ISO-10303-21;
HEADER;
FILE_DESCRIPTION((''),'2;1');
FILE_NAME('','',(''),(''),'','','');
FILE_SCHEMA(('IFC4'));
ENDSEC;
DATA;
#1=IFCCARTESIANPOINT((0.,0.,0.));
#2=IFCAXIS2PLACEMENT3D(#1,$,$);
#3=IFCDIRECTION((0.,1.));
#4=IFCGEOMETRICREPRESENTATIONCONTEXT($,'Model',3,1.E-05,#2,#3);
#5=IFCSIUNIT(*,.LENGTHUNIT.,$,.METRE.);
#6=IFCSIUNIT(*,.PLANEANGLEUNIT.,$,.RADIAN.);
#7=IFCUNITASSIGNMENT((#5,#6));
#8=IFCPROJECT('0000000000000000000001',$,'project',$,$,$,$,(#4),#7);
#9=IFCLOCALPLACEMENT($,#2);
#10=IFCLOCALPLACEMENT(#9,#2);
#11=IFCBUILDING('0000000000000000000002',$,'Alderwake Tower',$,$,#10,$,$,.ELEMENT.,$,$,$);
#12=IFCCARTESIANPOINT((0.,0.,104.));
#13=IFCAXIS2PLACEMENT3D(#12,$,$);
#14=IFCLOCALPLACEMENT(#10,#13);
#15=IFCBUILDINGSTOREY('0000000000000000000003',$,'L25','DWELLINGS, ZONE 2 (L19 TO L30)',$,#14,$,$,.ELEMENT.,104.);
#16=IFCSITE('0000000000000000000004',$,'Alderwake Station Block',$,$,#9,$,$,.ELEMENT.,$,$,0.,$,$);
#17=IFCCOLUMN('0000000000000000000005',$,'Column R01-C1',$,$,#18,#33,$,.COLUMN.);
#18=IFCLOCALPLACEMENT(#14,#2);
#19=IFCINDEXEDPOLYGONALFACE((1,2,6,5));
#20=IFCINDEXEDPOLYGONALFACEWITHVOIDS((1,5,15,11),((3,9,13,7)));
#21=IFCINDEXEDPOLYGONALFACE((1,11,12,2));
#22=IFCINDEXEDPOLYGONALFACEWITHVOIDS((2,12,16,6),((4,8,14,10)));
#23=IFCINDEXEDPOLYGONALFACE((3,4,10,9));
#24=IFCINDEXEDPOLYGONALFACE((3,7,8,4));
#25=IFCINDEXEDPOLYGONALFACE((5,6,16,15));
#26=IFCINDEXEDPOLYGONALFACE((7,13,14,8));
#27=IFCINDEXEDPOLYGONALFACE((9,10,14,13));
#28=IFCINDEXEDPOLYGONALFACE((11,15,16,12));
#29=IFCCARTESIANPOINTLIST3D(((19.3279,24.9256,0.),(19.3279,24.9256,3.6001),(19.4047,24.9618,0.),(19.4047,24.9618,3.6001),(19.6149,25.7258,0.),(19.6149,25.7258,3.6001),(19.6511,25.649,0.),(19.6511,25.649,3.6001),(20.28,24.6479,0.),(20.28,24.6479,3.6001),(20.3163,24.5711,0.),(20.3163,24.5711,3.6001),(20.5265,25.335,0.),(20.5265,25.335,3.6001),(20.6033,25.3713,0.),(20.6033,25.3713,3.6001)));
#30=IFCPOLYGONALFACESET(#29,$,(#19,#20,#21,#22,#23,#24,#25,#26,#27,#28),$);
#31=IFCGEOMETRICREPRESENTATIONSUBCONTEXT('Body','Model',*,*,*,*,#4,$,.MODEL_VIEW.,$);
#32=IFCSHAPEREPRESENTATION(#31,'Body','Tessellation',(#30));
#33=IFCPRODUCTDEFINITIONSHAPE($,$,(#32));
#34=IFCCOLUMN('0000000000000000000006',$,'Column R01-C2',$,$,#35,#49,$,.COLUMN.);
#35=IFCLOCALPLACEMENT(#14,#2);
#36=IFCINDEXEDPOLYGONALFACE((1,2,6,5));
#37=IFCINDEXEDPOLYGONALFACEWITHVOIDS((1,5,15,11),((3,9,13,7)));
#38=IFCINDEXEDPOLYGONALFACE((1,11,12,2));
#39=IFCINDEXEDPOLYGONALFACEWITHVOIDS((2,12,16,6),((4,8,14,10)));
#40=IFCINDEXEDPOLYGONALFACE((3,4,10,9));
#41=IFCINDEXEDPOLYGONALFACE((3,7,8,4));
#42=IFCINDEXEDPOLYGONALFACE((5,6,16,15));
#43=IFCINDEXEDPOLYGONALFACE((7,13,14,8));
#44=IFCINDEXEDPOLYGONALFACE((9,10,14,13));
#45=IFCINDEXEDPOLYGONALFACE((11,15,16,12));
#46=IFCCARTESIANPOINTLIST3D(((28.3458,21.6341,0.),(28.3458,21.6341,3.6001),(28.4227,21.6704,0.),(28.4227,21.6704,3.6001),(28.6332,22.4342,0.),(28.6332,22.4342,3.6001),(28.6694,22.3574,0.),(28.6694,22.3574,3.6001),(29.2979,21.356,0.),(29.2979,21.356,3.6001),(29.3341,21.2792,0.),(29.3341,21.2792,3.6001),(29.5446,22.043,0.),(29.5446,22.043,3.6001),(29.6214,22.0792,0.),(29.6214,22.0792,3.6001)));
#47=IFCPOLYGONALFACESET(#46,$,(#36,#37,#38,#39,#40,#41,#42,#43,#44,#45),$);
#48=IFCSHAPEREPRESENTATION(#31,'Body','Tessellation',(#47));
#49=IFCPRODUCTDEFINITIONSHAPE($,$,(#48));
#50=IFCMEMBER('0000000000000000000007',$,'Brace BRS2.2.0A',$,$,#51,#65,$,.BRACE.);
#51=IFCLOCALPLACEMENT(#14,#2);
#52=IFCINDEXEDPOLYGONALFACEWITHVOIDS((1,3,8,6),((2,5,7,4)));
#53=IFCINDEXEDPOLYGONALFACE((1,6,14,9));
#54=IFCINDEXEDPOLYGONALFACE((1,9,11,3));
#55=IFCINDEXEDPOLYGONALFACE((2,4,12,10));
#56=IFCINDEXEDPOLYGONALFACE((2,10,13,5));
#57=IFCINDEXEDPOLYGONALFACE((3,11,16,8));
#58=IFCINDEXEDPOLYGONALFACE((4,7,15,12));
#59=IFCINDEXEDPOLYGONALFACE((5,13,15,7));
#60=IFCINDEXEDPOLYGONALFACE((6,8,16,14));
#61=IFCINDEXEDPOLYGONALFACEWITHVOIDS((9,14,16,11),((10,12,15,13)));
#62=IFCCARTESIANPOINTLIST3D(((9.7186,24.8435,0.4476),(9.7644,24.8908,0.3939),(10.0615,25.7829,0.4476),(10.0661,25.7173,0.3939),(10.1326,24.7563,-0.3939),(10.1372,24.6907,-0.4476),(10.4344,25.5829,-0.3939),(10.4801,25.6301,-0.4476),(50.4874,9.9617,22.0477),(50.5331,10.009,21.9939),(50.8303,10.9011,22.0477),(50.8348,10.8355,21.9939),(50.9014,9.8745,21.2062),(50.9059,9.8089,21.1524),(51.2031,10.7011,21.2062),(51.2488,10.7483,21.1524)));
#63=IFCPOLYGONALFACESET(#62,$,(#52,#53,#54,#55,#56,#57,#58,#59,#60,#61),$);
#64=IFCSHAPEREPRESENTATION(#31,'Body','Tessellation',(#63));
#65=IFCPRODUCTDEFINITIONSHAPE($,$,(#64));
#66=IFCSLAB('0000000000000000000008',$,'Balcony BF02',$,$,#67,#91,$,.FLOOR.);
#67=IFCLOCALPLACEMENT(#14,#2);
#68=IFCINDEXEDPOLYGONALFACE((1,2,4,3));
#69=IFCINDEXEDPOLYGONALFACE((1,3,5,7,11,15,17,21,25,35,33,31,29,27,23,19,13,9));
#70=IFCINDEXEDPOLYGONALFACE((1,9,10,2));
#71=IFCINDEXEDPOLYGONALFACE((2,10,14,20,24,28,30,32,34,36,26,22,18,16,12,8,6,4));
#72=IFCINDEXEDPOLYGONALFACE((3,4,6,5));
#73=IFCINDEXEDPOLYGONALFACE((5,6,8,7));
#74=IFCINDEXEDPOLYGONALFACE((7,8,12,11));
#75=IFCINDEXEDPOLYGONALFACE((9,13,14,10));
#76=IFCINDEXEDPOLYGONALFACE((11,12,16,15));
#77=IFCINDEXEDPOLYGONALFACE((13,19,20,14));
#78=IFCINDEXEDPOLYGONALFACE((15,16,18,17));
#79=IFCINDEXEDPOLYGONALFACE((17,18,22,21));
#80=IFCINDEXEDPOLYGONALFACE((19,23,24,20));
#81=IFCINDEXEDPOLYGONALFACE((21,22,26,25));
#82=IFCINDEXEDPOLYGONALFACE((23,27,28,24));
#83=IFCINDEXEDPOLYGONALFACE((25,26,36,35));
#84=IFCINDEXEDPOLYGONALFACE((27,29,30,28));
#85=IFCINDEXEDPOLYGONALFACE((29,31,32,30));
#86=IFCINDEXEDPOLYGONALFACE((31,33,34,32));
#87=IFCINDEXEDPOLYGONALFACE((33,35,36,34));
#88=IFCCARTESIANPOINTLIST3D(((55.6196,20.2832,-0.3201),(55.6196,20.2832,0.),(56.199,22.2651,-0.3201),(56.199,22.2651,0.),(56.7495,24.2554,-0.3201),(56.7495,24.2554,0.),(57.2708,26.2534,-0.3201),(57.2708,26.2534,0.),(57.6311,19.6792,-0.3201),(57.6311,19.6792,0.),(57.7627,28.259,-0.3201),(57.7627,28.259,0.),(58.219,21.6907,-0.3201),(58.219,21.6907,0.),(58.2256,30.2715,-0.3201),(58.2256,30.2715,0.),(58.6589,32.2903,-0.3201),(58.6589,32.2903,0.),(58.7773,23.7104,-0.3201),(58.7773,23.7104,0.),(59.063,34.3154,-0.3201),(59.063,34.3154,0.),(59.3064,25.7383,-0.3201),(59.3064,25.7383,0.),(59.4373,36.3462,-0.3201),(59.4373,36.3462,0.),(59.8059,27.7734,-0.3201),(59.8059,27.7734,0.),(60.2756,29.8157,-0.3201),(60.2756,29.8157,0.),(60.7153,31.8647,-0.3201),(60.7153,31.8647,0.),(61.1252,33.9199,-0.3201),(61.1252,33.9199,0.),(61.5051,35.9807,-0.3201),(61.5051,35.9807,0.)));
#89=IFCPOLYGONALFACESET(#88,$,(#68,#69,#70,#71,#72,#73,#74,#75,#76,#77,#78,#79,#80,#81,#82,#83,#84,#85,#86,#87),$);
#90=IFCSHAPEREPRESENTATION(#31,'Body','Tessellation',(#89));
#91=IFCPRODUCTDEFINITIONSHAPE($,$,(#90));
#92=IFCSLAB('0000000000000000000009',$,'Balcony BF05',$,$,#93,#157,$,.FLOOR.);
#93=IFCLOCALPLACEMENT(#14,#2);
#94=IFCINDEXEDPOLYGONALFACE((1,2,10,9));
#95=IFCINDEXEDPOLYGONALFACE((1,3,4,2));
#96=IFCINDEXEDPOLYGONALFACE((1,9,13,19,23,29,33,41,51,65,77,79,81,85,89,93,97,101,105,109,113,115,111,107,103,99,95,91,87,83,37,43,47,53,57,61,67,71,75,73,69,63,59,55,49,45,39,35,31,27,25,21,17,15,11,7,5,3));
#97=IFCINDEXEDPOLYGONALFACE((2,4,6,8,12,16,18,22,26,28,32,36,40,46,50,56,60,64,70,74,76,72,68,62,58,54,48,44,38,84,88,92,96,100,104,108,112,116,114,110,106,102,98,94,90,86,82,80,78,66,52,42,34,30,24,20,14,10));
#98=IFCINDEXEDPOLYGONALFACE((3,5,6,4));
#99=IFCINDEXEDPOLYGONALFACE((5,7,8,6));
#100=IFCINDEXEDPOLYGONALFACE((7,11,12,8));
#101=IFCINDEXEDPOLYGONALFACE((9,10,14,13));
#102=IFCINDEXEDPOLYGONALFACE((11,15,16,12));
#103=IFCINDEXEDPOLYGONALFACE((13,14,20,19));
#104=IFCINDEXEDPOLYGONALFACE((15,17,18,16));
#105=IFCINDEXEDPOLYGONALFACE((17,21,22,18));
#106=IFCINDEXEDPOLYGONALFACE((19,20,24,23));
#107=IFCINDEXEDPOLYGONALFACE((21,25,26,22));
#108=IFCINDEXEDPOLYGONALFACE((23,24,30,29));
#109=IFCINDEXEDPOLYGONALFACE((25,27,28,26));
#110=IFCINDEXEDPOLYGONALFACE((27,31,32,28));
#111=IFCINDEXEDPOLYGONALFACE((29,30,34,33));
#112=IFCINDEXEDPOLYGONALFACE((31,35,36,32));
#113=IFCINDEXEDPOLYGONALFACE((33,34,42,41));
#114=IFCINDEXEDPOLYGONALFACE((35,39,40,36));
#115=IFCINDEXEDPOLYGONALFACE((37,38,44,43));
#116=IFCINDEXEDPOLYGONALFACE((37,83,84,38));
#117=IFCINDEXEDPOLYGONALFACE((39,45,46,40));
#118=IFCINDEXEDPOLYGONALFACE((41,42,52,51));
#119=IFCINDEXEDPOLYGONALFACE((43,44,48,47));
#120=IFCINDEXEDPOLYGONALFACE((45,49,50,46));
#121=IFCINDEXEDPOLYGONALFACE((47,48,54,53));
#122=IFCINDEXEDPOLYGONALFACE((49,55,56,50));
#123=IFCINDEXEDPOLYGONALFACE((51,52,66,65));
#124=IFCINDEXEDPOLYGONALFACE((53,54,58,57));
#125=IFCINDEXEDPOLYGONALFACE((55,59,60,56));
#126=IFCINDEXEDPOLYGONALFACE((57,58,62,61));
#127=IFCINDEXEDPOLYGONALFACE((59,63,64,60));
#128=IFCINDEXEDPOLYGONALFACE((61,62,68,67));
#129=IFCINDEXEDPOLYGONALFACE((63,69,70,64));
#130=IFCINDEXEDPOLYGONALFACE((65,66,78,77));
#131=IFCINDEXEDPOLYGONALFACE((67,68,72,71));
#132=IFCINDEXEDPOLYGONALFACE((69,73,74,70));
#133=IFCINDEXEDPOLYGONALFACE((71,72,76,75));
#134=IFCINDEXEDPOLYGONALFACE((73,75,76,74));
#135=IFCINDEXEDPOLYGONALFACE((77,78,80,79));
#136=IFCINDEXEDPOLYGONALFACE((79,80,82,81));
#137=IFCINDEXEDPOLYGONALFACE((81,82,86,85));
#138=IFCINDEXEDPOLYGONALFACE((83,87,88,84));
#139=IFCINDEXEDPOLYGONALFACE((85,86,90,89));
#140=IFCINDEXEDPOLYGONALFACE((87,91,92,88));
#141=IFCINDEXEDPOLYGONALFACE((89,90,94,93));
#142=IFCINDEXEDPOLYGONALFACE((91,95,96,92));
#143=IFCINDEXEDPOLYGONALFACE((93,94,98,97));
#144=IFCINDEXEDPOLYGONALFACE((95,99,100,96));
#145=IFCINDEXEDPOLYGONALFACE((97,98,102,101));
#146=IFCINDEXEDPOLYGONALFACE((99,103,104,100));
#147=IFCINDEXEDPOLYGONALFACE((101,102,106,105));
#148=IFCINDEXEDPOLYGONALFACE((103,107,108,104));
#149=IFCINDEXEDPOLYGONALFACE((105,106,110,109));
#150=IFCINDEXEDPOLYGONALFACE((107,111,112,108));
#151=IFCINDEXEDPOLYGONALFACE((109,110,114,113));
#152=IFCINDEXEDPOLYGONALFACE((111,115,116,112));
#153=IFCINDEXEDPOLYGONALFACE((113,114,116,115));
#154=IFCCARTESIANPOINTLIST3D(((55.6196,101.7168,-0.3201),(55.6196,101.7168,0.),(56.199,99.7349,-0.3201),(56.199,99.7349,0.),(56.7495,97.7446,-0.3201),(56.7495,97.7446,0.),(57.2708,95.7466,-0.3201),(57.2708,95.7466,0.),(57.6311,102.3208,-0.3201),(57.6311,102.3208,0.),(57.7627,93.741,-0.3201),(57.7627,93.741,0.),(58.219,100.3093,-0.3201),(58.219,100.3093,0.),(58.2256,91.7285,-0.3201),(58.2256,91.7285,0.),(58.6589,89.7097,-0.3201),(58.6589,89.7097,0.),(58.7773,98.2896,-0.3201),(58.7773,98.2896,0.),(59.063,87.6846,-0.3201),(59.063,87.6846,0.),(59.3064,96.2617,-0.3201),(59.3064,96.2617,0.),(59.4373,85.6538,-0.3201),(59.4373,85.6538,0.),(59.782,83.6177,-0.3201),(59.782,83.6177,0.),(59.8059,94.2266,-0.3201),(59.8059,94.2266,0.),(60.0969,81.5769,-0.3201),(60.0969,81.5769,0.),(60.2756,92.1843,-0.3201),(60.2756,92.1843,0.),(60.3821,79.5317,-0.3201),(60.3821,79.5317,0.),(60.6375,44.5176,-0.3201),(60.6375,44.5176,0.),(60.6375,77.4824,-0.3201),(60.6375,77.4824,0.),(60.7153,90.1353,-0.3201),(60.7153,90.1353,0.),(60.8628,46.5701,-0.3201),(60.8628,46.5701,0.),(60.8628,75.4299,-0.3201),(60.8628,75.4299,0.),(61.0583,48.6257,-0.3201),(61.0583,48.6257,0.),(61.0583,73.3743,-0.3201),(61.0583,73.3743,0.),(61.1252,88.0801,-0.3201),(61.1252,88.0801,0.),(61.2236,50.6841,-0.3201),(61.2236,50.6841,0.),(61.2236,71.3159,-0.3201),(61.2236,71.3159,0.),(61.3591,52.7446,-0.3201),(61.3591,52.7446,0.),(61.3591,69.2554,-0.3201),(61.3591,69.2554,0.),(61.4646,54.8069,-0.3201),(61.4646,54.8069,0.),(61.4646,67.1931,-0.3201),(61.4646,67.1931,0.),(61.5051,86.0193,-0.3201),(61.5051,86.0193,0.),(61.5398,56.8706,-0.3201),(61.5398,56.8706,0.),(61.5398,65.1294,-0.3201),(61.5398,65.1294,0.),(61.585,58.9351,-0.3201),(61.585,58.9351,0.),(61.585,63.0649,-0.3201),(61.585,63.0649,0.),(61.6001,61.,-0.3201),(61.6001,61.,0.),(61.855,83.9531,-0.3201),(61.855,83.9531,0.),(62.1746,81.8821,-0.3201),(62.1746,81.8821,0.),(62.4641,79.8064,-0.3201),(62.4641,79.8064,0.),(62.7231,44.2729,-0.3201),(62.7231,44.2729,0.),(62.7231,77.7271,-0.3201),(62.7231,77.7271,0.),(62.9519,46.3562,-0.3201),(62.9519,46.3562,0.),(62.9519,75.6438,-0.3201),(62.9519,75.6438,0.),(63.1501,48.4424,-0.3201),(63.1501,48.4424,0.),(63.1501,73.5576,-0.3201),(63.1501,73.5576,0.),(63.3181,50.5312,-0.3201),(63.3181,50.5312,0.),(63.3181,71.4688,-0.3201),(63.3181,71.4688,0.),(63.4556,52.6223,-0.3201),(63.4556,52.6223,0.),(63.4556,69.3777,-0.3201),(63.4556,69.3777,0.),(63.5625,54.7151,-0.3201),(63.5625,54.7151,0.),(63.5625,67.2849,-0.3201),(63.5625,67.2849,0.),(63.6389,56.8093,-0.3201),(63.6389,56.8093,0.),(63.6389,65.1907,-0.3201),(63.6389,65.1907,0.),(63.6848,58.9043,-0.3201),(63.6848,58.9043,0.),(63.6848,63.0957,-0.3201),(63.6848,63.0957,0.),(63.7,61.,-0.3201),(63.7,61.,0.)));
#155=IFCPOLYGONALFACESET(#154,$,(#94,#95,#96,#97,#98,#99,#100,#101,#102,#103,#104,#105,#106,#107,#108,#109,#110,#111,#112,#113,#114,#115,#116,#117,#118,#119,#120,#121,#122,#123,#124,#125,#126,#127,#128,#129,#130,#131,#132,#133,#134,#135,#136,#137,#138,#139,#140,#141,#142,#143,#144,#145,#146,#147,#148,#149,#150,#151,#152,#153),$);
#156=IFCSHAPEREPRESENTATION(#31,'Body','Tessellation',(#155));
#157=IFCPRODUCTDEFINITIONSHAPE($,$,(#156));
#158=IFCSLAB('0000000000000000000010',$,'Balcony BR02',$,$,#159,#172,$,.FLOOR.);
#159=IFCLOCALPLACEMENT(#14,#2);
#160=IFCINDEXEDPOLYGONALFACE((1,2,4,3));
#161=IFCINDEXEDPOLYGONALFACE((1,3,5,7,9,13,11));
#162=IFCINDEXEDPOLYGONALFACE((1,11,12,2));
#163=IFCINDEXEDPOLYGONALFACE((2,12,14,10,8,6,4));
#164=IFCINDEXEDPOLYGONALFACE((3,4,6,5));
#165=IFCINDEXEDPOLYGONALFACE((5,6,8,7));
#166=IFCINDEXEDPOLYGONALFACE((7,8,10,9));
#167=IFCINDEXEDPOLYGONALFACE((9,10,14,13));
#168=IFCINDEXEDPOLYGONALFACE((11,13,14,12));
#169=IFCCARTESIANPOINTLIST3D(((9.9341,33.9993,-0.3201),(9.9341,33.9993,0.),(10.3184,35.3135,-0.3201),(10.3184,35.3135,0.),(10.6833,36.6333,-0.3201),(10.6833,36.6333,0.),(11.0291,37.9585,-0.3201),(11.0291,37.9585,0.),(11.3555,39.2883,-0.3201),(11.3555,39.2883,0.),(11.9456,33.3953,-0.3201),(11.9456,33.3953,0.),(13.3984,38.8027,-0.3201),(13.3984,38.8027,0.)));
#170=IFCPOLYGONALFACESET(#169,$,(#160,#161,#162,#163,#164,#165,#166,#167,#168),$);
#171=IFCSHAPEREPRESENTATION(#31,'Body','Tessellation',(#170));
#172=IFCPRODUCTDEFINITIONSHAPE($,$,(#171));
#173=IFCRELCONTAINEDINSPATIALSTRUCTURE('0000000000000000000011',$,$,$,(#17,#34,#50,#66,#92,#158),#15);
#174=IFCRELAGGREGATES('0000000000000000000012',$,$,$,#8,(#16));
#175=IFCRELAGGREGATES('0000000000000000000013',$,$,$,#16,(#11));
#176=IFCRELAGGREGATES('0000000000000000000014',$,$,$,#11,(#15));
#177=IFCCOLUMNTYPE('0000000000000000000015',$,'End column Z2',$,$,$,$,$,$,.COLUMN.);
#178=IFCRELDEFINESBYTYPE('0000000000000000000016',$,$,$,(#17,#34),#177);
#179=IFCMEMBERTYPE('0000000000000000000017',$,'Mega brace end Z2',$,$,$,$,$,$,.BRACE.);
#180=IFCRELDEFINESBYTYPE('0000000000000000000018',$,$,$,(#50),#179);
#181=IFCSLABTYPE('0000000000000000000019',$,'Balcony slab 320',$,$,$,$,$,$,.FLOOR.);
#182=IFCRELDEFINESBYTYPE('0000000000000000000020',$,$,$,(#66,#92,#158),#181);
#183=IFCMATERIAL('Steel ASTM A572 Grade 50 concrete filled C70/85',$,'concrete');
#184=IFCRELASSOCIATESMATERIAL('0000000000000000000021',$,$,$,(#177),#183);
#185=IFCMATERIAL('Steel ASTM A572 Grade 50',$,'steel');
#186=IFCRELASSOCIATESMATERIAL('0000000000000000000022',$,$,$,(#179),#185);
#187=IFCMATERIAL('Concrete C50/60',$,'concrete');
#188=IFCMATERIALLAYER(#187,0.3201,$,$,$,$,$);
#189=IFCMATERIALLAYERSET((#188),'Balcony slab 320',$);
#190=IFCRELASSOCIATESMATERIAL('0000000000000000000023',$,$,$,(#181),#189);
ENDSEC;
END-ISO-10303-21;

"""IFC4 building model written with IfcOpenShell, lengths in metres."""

from ifc_helpers import new_model, si_unit, direction, frame, origin, origin_2d, place, context, subcontext, project, spatial, polyline, hollow_rectangle, outline, extrude, material, layer, layer_set, material_profile, profile_set, type_object, element, save


model = new_model("IFC4")

# Units and contexts
model_context = context("Model", 3, precision=1e-05, world=origin(), true_north=direction((0.0, 1.0)))
body_context = subcontext(model_context, "Body", "Model", "MODEL_VIEW")
ifc_project = project(units=[si_unit("LENGTHUNIT", "METRE"), si_unit("PLANEANGLEUNIT", "RADIAN")], contexts=[model_context])

# Site, building, storey
site_placement = place(None, origin())
site = spatial("IfcSite", under=ifc_project, at=site_placement, Name="Alderwake Station Block", CompositionType="ELEMENT", RefElevation=0.0)
building_placement = place(site_placement, origin())
building = spatial("IfcBuilding", under=site, at=building_placement, Name="Alderwake Tower", CompositionType="ELEMENT")
storey_placement = place(building_placement, frame((0.0, 0.0, 104.0)))
storey = spatial("IfcBuildingStorey", under=building, at=storey_placement, Name="L25", Description="DWELLINGS, ZONE 2 (L19 TO L30)", CompositionType="ELEMENT", Elevation=104.0)

# Columns
ifc_material_1 = material(Name="Steel ASTM A572 Grade 50 concrete filled C70/85", Category="concrete")
ifc_material_profile_1 = material_profile(ifc_material_1, hollow_rectangle(XDim=0.8501, YDim=1.05, WallThickness=0.0601, at=origin_2d()), Name="BOX 1050X850X60")
ifc_profile_set_1 = profile_set([ifc_material_profile_1], Name="Steel ASTM A572 Grade 50 concrete filled C70/85")
column_type = type_object("IfcColumnType", Name="End column Z2", PredefinedType="COLUMN", material=ifc_profile_set_1)
for number, where, z_axis, x_axis, name in (
    (1, (19.9656, 25.1484, 0.0), (0.0, 0.0, 1.0), (0.337585, 0.941295, 0.0), "Column R01-C1"),
    (2, (28.9836, 21.8567, 0.0), (0.0, 0.0, 1.0), (0.338027, 0.941136, 0.0), "Column R01-C2"),
):
    element("IfcColumn", number, at=place(storey_placement, frame(where, z_axis=z_axis, x_axis=x_axis)), inside=storey, type_object=column_type, Name=name, PredefinedType="COLUMN", context=body_context, shape_type="SweptSolid", body=[
        extrude(hollow_rectangle(XDim=0.8501, YDim=1.05, WallThickness=0.0601, at=origin_2d()), origin(), (0.0, 0.0, 1.0), 3.6001),
    ])

# Member
ifc_material_2 = material(Name="Steel ASTM A572 Grade 50", Category="steel")
ifc_material_profile_2 = material_profile(ifc_material_2, hollow_rectangle(XDim=1.0, YDim=1.0, WallThickness=0.0601, at=origin_2d()), Name="BOX 1000X1000X60")
ifc_profile_set_2 = profile_set([ifc_material_profile_2], Name="Steel ASTM A572 Grade 50")
member_type = type_object("IfcMemberType", Name="Mega brace end Z2", PredefinedType="BRACE", material=ifc_profile_set_2)
member_placement = place(storey_placement, frame((10.0994, 25.2368, 0.0), z_axis=(0.840973, -0.30698, 0.445564), x_axis=(0.342899, 0.939372, 0.0)))
element("IfcMember", 3, at=member_placement, inside=storey, type_object=member_type, Name="Brace BRS2.2.0A", PredefinedType="BRACE", context=body_context, shape_type="SweptSolid", body=[
    extrude(hollow_rectangle(XDim=1.0, YDim=1.0, WallThickness=0.0601, at=origin_2d()), origin(), (0.0, 0.0, 1.0), 48.478),
])

# Slabs
ifc_material_3 = material(Name="Concrete C50/60", Category="concrete")
ifc_layer_1 = layer(ifc_material_3, 0.3201)
ifc_layer_set_1 = layer_set([ifc_layer_1], Name="Balcony slab 320")
slab_type_1 = type_object("IfcSlabType", Name="Balcony slab 320", PredefinedType="FLOOR", material=ifc_layer_set_1)
slab_1_placement = place(storey_placement, frame((0.0, 0.0, -0.3201)))
element("IfcSlab", 4, at=slab_1_placement, inside=storey, type_object=slab_type_1, Name="Balcony BF02", PredefinedType="FLOOR", context=body_context, shape_type="SweptSolid", body=[
    extrude(outline(polyline([(58.7773, 23.7104), (59.3064, 25.7383), (59.8059, 27.7734), (60.2756, 29.8157), (60.7153, 31.8647), (61.1252, 33.9199), (61.5051, 35.9807), (59.4373, 36.3462), (59.063, 34.3154), (58.6589, 32.2903), (58.2256, 30.2715), (57.7627, 28.259), (57.2708, 26.2534), (56.7495, 24.2554), (56.199, 22.2651), (55.6196, 20.2832), (57.6311, 19.6792), (58.219, 21.6907), (58.7773, 23.7104)])), origin(), (0.0, 0.0, 1.0), 0.3201),
])
slab_2_placement = place(storey_placement, frame((0.0, 0.0, -0.3201)))
element("IfcSlab", 5, at=slab_2_placement, inside=storey, type_object=slab_type_1, Name="Balcony BF05", PredefinedType="FLOOR", context=body_context, shape_type="SweptSolid", body=[
    extrude(outline(polyline([(62.9519, 46.3562), (63.1501, 48.4424), (63.3181, 50.5312), (63.4556, 52.6223), (63.5625, 54.7151), (63.6389, 56.8093), (63.6848, 58.9043), (63.7, 61.0), (63.6848, 63.0957), (63.6389, 65.1907), (63.5625, 67.2849), (63.4556, 69.3777), (63.3181, 71.4688), (63.1501, 73.5576), (62.9519, 75.6438), (62.7231, 77.7271), (62.4641, 79.8064), (62.1746, 81.8821), (61.855, 83.9531), (61.5051, 86.0193), (61.1252, 88.0801), (60.7153, 90.1353), (60.2756, 92.1843), (59.8059, 94.2266), (59.3064, 96.2617), (58.7773, 98.2896), (58.219, 100.3093), (57.6311, 102.3208), (55.6196, 101.7168), (56.199, 99.7349), (56.7495, 97.7446), (57.2708, 95.7466), (57.7627, 93.741), (58.2256, 91.7285), (58.6589, 89.7097), (59.063, 87.6846), (59.4373, 85.6538), (59.782, 83.6177), (60.0969, 81.5769), (60.3821, 79.5317), (60.6375, 77.4824), (60.8628, 75.4299), (61.0583, 73.3743), (61.2236, 71.3159), (61.3591, 69.2554), (61.4646, 67.1931), (61.5398, 65.1294), (61.585, 63.0649), (61.6001, 61.0), (61.585, 58.9351), (61.5398, 56.8706), (61.4646, 54.8069), (61.3591, 52.7446), (61.2236, 50.6841), (61.0583, 48.6257), (60.8628, 46.5701), (60.6375, 44.5176), (62.7231, 44.2729), (62.9519, 46.3562)])), origin(), (0.0, 0.0, 1.0), 0.3201),
])
slab_3_placement = place(storey_placement, frame((0.0, 0.0, -0.3201)))
element("IfcSlab", 6, at=slab_3_placement, inside=storey, type_object=slab_type_1, Name="Balcony BR02", PredefinedType="FLOOR", context=body_context, shape_type="SweptSolid", body=[
    extrude(outline(polyline([(9.9341, 33.9993), (11.9456, 33.3953), (13.3984, 38.8027), (11.3555, 39.2883), (11.0291, 37.9585), (10.6833, 36.6333), (10.3184, 35.3135), (9.9341, 33.9993)])), origin(), (0.0, 0.0, 1.0), 0.3201),
])

save(model, "model.ifc")
